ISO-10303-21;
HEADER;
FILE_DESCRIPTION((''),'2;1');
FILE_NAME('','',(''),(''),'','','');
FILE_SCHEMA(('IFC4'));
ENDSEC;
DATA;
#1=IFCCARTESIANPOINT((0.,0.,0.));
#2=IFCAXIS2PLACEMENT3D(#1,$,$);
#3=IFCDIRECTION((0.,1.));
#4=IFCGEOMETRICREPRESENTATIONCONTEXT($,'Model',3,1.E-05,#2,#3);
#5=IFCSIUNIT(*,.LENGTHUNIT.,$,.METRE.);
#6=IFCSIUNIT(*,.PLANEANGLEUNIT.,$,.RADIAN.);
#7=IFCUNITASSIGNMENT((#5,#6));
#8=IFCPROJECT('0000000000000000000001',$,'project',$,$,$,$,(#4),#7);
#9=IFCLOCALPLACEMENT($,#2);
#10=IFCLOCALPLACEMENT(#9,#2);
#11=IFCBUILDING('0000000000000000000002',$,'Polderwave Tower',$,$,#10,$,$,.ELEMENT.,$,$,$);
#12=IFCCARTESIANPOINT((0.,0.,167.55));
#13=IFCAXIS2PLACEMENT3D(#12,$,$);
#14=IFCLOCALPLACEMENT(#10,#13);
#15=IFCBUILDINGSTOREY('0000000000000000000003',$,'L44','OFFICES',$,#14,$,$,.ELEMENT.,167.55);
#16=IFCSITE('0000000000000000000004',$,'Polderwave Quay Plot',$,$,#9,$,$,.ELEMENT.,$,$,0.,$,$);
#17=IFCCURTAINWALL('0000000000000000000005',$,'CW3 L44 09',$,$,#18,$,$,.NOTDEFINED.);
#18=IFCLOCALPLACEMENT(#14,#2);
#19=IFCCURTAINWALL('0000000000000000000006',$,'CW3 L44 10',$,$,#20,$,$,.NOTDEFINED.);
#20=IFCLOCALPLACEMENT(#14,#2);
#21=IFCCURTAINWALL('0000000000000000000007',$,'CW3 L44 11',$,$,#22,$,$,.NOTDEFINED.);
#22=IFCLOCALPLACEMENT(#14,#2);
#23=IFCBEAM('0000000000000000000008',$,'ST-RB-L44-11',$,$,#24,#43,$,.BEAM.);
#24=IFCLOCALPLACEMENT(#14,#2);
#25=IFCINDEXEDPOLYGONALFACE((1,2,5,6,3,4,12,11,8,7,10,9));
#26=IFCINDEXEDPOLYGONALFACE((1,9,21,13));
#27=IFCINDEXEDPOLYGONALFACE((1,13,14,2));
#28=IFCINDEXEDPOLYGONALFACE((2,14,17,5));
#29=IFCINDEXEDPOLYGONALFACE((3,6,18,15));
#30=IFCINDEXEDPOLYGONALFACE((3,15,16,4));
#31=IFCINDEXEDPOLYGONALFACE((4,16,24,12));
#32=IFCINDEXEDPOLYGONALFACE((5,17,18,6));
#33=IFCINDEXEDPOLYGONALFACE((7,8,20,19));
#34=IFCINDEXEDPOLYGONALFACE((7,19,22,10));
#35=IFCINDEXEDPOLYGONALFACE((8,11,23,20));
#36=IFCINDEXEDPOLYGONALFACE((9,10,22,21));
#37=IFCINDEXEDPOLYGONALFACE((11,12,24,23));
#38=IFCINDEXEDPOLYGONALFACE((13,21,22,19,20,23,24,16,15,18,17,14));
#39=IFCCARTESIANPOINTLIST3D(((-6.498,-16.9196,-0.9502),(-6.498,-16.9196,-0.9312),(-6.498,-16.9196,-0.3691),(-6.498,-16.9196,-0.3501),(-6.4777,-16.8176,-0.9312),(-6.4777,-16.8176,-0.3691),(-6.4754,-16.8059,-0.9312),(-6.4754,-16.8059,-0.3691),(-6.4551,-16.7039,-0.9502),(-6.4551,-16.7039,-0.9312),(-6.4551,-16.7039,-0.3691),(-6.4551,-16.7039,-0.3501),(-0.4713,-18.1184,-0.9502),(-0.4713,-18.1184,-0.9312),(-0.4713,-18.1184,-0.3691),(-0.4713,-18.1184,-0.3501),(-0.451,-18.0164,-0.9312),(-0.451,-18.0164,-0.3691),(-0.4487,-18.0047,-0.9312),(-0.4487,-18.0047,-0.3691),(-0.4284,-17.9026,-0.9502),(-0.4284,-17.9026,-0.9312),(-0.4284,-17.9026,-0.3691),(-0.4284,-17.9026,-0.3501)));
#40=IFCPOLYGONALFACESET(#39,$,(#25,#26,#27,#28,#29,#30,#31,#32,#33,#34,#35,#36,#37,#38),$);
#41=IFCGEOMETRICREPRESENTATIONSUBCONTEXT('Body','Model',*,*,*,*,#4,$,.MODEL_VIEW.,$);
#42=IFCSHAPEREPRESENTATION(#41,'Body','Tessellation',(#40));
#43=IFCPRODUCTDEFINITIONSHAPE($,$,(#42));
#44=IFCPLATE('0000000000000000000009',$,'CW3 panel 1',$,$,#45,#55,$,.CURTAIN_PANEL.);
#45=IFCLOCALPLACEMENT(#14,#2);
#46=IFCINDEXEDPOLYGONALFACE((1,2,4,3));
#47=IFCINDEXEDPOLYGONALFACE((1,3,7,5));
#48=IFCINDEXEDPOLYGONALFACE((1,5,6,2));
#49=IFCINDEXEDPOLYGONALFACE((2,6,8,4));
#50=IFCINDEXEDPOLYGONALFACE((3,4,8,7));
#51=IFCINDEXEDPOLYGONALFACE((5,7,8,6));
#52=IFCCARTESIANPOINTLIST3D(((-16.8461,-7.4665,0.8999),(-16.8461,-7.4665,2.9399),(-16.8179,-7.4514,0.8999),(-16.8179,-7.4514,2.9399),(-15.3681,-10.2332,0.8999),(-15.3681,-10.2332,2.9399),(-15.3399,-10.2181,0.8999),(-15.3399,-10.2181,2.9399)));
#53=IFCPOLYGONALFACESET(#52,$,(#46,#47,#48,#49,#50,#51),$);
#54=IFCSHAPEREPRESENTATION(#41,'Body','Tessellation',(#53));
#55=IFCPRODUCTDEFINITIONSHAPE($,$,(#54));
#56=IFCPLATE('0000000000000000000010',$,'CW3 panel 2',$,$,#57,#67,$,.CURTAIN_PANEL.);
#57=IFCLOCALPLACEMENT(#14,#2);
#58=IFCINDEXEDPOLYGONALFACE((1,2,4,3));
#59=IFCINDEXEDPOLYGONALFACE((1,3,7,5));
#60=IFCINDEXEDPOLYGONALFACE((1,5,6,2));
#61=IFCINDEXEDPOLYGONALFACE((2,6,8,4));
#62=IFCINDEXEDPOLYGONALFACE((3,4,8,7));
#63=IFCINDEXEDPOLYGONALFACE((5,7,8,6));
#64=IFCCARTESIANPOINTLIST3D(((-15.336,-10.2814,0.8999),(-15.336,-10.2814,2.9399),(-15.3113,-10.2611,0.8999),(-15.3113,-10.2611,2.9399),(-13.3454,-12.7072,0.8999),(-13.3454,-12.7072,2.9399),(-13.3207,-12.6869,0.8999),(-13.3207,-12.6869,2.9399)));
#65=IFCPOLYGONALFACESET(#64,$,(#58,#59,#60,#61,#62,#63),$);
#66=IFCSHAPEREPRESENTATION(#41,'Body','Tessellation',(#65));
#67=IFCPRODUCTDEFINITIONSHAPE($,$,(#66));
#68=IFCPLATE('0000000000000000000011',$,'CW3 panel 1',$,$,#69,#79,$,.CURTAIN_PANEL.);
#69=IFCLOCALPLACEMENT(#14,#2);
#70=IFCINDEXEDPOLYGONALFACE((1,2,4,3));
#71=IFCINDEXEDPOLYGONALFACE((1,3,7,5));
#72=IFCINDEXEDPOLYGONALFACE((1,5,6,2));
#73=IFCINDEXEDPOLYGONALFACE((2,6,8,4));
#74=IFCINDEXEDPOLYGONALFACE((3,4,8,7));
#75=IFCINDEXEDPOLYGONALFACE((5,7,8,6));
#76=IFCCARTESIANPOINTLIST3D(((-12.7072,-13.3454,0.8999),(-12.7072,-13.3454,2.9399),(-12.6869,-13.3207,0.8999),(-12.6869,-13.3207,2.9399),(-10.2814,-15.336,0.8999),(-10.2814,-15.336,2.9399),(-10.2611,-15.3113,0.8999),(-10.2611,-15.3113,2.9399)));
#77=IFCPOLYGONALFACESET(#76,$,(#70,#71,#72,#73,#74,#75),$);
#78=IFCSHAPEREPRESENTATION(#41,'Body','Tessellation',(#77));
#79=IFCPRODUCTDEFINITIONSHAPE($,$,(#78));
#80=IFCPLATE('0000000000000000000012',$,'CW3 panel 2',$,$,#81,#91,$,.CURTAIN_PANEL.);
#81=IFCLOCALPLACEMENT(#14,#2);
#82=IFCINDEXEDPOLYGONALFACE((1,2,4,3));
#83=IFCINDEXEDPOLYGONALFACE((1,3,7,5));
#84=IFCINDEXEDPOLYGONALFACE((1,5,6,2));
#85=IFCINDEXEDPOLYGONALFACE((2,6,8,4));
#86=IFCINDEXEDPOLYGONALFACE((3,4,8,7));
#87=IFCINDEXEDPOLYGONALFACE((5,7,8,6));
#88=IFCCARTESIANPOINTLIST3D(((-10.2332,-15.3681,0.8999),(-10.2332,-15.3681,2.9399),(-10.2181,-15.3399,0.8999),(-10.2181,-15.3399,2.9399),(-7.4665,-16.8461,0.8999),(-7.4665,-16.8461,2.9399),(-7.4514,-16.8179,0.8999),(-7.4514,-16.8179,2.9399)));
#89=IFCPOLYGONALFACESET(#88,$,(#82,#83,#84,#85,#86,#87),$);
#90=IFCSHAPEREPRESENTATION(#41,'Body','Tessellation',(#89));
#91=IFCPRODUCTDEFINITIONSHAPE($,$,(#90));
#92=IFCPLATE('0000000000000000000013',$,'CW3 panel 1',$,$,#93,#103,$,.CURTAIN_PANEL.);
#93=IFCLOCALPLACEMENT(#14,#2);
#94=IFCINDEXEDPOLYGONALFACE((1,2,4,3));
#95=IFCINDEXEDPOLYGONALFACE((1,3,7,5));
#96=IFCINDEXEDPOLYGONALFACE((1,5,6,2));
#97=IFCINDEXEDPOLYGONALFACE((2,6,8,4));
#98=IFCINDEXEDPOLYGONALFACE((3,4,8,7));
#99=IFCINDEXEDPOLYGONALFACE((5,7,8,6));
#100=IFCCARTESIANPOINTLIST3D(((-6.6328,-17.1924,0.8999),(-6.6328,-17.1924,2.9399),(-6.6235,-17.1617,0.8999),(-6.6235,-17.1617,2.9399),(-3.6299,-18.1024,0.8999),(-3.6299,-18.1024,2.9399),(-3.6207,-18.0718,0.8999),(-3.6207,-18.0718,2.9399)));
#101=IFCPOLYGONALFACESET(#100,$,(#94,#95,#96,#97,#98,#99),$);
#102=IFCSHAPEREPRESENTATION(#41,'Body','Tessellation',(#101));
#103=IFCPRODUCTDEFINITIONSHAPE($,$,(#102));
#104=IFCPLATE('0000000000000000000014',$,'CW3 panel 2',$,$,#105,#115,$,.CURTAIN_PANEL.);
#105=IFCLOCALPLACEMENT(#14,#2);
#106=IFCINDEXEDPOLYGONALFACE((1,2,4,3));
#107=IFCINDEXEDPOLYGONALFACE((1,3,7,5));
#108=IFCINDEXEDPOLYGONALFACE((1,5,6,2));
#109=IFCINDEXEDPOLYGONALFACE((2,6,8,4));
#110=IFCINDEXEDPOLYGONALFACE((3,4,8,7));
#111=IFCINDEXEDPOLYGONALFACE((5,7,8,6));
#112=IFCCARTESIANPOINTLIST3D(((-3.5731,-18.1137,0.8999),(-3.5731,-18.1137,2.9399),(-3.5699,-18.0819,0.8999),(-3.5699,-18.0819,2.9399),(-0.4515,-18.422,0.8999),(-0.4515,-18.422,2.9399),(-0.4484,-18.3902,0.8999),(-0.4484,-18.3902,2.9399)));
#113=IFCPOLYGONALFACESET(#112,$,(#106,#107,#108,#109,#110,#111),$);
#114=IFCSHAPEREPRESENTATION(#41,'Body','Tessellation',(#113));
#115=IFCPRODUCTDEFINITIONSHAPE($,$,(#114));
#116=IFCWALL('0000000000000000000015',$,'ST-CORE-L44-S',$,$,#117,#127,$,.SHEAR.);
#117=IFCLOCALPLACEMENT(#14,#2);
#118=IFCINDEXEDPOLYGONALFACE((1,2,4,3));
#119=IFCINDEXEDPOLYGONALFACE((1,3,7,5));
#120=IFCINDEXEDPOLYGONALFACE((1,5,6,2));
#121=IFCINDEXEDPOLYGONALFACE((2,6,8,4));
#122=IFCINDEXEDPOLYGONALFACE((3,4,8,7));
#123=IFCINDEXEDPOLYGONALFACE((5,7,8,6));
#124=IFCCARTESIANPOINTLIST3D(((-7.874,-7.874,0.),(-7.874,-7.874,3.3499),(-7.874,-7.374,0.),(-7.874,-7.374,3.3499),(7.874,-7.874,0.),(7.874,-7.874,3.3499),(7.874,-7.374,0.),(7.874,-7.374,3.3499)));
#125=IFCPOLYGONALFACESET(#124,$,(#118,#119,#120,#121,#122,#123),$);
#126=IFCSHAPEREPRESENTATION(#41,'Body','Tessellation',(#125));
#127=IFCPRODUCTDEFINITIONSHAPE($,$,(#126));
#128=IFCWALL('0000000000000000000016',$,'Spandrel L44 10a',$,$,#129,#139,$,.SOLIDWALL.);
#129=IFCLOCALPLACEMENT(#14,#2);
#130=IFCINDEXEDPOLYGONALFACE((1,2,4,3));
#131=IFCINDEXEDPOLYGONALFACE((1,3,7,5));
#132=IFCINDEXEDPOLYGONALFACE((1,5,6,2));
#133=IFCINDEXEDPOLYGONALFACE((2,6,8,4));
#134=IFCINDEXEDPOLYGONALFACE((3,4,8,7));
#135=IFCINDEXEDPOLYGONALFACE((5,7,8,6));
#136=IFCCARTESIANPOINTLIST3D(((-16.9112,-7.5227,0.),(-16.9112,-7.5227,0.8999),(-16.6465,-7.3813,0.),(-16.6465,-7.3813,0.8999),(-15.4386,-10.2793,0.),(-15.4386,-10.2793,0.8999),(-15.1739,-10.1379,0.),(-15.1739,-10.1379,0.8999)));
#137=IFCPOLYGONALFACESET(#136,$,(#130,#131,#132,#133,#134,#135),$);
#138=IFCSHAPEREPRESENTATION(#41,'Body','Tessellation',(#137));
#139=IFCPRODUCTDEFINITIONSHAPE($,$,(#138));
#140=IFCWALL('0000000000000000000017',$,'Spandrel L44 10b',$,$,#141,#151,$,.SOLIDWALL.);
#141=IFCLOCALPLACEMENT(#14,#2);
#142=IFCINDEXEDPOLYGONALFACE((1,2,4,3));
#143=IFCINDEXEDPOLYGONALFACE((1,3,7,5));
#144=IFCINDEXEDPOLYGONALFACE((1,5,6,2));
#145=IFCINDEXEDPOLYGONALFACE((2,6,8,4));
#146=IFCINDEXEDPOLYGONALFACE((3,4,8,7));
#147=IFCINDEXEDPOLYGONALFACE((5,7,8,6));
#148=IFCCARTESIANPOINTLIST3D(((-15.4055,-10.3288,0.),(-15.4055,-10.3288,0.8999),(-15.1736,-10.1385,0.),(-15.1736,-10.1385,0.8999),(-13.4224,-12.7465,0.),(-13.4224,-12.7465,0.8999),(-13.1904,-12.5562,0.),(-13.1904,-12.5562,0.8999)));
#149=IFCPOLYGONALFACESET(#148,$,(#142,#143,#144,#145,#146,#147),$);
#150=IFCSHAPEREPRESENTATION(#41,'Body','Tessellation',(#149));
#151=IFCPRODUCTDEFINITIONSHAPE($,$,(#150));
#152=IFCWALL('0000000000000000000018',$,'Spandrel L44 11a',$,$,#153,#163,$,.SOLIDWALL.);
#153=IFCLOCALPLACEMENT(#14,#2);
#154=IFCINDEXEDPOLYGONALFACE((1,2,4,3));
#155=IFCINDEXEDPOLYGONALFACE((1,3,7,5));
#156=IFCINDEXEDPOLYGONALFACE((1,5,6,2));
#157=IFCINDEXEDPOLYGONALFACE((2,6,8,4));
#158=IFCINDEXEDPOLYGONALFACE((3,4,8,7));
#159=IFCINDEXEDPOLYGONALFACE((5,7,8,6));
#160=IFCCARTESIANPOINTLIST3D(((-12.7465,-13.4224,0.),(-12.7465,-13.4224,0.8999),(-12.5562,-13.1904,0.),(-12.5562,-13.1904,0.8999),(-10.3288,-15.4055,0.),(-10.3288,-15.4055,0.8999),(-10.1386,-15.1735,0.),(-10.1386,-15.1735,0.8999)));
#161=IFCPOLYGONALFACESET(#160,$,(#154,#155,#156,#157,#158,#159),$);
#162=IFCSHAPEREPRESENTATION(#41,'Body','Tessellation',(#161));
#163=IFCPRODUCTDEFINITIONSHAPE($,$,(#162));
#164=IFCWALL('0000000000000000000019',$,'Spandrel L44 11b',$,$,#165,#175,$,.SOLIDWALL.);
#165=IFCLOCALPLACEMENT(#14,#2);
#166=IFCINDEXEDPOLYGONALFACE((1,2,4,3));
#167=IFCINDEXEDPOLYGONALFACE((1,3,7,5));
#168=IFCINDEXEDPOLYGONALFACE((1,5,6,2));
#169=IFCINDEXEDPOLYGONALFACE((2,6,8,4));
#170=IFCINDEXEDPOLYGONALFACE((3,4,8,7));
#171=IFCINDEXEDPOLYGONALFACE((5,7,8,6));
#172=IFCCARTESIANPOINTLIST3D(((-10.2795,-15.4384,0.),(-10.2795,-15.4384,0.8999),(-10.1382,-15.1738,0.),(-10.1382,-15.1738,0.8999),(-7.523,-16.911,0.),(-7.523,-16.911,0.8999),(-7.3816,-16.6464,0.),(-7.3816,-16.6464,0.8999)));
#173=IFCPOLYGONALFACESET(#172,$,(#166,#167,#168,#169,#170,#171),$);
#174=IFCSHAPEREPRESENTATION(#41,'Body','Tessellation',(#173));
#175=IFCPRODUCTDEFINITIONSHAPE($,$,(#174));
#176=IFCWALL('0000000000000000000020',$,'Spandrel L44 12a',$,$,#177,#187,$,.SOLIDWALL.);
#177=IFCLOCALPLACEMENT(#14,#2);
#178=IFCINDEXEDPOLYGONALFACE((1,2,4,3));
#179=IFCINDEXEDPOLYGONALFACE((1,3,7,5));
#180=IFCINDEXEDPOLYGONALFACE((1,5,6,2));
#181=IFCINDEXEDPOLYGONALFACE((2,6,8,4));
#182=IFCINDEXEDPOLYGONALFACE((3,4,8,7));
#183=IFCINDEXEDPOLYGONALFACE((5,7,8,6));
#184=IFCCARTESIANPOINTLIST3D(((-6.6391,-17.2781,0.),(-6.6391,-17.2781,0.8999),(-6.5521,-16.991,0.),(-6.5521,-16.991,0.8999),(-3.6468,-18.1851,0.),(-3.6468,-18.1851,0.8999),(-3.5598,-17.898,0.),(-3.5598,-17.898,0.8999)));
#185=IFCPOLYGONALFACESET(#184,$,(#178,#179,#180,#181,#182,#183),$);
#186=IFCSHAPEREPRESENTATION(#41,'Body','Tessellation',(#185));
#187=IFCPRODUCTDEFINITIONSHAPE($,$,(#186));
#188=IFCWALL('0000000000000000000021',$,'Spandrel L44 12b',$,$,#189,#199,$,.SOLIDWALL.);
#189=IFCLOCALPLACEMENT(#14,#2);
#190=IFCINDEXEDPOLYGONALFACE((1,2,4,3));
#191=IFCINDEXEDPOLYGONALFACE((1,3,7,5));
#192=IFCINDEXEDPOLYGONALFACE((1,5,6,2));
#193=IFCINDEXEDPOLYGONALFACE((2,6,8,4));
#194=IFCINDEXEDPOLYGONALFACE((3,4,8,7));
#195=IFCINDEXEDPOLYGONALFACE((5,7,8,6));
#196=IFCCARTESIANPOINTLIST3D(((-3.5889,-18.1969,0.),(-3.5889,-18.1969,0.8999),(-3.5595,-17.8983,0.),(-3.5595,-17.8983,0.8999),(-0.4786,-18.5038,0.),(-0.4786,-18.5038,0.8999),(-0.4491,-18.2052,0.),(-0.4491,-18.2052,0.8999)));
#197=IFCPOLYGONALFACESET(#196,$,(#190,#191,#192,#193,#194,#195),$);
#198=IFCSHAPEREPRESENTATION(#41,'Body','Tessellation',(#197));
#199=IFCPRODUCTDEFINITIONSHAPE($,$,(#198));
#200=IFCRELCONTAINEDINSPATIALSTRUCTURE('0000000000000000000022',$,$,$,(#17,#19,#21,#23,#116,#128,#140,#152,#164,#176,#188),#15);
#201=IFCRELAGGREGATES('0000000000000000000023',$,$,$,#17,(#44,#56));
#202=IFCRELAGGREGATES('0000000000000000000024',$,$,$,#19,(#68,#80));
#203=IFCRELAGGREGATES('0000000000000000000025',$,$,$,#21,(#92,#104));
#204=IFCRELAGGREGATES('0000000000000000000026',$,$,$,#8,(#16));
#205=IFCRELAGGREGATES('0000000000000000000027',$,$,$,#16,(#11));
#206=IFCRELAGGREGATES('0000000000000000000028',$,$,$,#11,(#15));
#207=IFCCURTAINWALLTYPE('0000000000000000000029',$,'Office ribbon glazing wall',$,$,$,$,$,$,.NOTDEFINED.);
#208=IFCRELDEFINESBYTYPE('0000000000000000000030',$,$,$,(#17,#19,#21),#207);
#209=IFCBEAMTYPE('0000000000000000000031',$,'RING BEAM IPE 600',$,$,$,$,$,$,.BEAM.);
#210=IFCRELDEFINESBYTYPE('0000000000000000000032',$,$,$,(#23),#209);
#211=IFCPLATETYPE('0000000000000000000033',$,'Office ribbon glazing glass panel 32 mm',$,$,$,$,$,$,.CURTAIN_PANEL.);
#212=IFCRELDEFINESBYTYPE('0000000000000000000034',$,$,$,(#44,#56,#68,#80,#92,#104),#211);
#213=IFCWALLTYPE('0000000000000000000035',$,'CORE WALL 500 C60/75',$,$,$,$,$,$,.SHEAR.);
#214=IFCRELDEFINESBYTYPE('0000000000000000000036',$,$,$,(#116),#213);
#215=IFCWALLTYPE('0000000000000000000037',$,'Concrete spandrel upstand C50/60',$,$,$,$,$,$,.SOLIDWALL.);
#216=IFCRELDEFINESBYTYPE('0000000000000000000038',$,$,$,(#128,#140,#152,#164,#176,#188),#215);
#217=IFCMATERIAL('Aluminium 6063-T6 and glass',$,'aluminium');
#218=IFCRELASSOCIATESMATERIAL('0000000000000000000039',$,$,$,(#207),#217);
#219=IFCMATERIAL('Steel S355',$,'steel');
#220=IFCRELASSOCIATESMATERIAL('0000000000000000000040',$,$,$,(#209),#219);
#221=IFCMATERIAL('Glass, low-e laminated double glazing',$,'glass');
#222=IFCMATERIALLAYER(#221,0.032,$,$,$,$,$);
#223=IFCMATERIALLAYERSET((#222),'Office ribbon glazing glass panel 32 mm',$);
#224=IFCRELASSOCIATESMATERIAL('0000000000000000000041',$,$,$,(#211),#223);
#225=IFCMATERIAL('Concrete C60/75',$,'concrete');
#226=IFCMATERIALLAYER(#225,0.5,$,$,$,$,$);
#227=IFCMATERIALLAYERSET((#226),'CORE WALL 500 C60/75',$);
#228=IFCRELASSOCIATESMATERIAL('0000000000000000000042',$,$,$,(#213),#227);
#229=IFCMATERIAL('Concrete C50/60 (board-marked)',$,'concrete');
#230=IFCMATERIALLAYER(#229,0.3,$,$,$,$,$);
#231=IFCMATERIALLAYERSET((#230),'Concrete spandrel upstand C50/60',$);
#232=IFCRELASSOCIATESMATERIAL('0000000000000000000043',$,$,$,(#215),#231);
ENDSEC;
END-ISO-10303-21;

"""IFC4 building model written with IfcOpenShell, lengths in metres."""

from ifc_helpers import new_model, si_unit, direction, frame, frame_2d, origin, origin_2d, place, context, subcontext, project, spatial, rectangle, i_section, extrude, material, layer, layer_set, material_profile, profile_set, type_object, element, aggregate, save


model = new_model("IFC4")

# Units and contexts
model_context = context("Model", 3, precision=1e-05, world=origin(), true_north=direction((0.0, 1.0)))
body_context = subcontext(model_context, "Body", "Model", "MODEL_VIEW")
ifc_project = project(units=[si_unit("LENGTHUNIT", "METRE"), si_unit("PLANEANGLEUNIT", "RADIAN")], contexts=[model_context])

# Site, building, storey
site_placement = place(None, origin())
site = spatial("IfcSite", under=ifc_project, at=site_placement, Name="Polderwave Quay Plot", CompositionType="ELEMENT", RefElevation=0.0)
building_placement = place(site_placement, origin())
building = spatial("IfcBuilding", under=site, at=building_placement, Name="Polderwave Tower", CompositionType="ELEMENT")
storey_placement = place(building_placement, frame((0.0, 0.0, 167.55)))
storey = spatial("IfcBuildingStorey", under=building, at=storey_placement, Name="L44", Description="OFFICES", CompositionType="ELEMENT", Elevation=167.55)

# Shared definitions
ifc_material_1 = material(Name="Concrete C60/75", Category="concrete")

# Curtain walls
ifc_material_2 = material(Name="Aluminium 6063-T6 and glass", Category="aluminium")
curtain_wall_type = type_object("IfcCurtainWallType", Name="Office ribbon glazing wall", PredefinedType="NOTDEFINED", material=ifc_material_2)
curtain_wall_1_placement = place(storey_placement, origin())
curtain_wall_1 = element("IfcCurtainWall", 1, at=curtain_wall_1_placement, inside=storey, type_object=curtain_wall_type, Name="CW3 L44 09", PredefinedType="NOTDEFINED")
curtain_wall_2_placement = place(storey_placement, origin())
curtain_wall_2 = element("IfcCurtainWall", 2, at=curtain_wall_2_placement, inside=storey, type_object=curtain_wall_type, Name="CW3 L44 10", PredefinedType="NOTDEFINED")
curtain_wall_3_placement = place(storey_placement, origin())
curtain_wall_3 = element("IfcCurtainWall", 3, at=curtain_wall_3_placement, inside=storey, type_object=curtain_wall_type, Name="CW3 L44 11", PredefinedType="NOTDEFINED")

# Beam
ifc_material_3 = material(Name="Steel S355", Category="steel")
ifc_material_profile_1 = material_profile(ifc_material_3, i_section(OverallWidth=0.22, OverallDepth=0.6001, WebThickness=0.012, FlangeThickness=0.019, at=origin_2d()), Name="IPE 600")
ifc_profile_set_1 = profile_set([ifc_material_profile_1], Name="Steel S355")
beam_type = type_object("IfcBeamType", Name="RING BEAM IPE 600", PredefinedType="BEAM", material=ifc_profile_set_1)
for number, where, z_axis, x_axis, name in (
    (4, (-6.4766, -16.8118, -0.6501), (0.980786, -0.195085, 0.0), (0.195085, 0.980786, 0.0), "ST-RB-L44-11"),
):
    element("IfcBeam", number, at=place(storey_placement, frame(where, z_axis=z_axis, x_axis=x_axis)), inside=storey, type_object=beam_type, Name=name, PredefinedType="BEAM", context=body_context, shape_type="SweptSolid", body=[
        extrude(i_section(OverallWidth=0.22, OverallDepth=0.6001, WebThickness=0.012, FlangeThickness=0.019, at=origin_2d()), origin(), (0.0, 0.0, 1.0), 6.1448),
    ])

# Plates
ifc_material_4 = material(Name="Glass, low-e laminated double glazing", Category="glass")
ifc_layer_1 = layer(ifc_material_4, 0.032)
ifc_layer_set_1 = layer_set([ifc_layer_1], Name="Office ribbon glazing glass panel 32 mm")
plate_type = type_object("IfcPlateType", Name="Office ribbon glazing glass panel 32 mm", PredefinedType="CURTAIN_PANEL", material=ifc_layer_set_1)
plate_1_placement = place(storey_placement, frame((-16.093, -8.8423, 0.8999), z_axis=(0.0, 0.0, 1.0), x_axis=(0.471195, -0.882029, 0.0)))
plate_1 = element("IfcPlate", 5, at=plate_1_placement, type_object=plate_type, Name="CW3 panel 1", PredefinedType="CURTAIN_PANEL", context=body_context, shape_type="SweptSolid", body=[
    extrude(rectangle(XDim=3.1367, YDim=0.032, at=origin_2d()), origin(), (0.0, 0.0, 1.0), 2.04),
])
plate_2_placement = place(storey_placement, frame((-14.3284, -11.4841, 0.8999), z_axis=(0.0, 0.0, 1.0), x_axis=(0.634356, -0.773041, 0.0)))
plate_2 = element("IfcPlate", 6, at=plate_2_placement, type_object=plate_type, Name="CW3 panel 2", PredefinedType="CURTAIN_PANEL", context=body_context, shape_type="SweptSolid", body=[
    extrude(rectangle(XDim=3.1379, YDim=0.032, at=origin_2d()), origin(), (0.0, 0.0, 1.0), 2.04),
])
aggregate(curtain_wall_1, [plate_1, plate_2])
plate_3_placement = place(storey_placement, frame((-11.4841, -14.3284, 0.8999), z_axis=(0.0, 0.0, 1.0), x_axis=(0.773041, -0.634356, 0.0)))
plate_3 = element("IfcPlate", 7, at=plate_3_placement, type_object=plate_type, Name="CW3 panel 1", PredefinedType="CURTAIN_PANEL", context=body_context, shape_type="SweptSolid", body=[
    extrude(rectangle(XDim=3.1379, YDim=0.032, at=origin_2d()), origin(), (0.0, 0.0, 1.0), 2.04),
])
plate_4_placement = place(storey_placement, frame((-8.8423, -16.093, 0.8999), z_axis=(0.0, 0.0, 1.0), x_axis=(0.882029, -0.471195, 0.0)))
plate_4 = element("IfcPlate", 8, at=plate_4_placement, type_object=plate_type, Name="CW3 panel 2", PredefinedType="CURTAIN_PANEL", context=body_context, shape_type="SweptSolid", body=[
    extrude(rectangle(XDim=3.1367, YDim=0.032, at=origin_2d()), origin(), (0.0, 0.0, 1.0), 2.04),
])
aggregate(curtain_wall_2, [plate_3, plate_4])
plate_5_placement = place(storey_placement, frame((-5.1267, -17.6321, 0.8999), z_axis=(0.0, 0.0, 1.0), x_axis=(0.957014, -0.290042, 0.0)))
plate_5 = element("IfcPlate", 9, at=plate_5_placement, type_object=plate_type, Name="CW3 panel 1", PredefinedType="CURTAIN_PANEL", context=body_context, shape_type="SweptSolid", body=[
    extrude(rectangle(XDim=3.1377, YDim=0.032, at=origin_2d()), origin(), (0.0, 0.0, 1.0), 2.04),
])
plate_6_placement = place(storey_placement, frame((-2.0107, -18.252, 0.8999), z_axis=(0.0, 0.0, 1.0), x_axis=(0.995159, -0.098283, 0.0)))
plate_6 = element("IfcPlate", 10, at=plate_6_placement, type_object=plate_type, Name="CW3 panel 2", PredefinedType="CURTAIN_PANEL", context=body_context, shape_type="SweptSolid", body=[
    extrude(rectangle(XDim=3.1367, YDim=0.032, at=origin_2d()), origin(), (0.0, 0.0, 1.0), 2.04),
])
aggregate(curtain_wall_3, [plate_5, plate_6])

# Walls
ifc_layer_2 = layer(ifc_material_1, 0.5)
ifc_layer_set_2 = layer_set([ifc_layer_2], Name="CORE WALL 500 C60/75")
wall_type_1 = type_object("IfcWallType", Name="CORE WALL 500 C60/75", PredefinedType="SHEAR", material=ifc_layer_set_2)
wall_1_placement = place(storey_placement, frame((-7.874, -7.624, 0.0), z_axis=(0.0, 0.0, 1.0), x_axis=(1.0, 0.0, 0.0)))
element("IfcWall", 11, at=wall_1_placement, inside=storey, type_object=wall_type_1, Name="ST-CORE-L44-S", PredefinedType="SHEAR", context=body_context, shape_type="SweptSolid", body=[
    extrude(rectangle(XDim=15.748, YDim=0.5, at=frame_2d((7.874, 0.0))), origin(), (0.0, 0.0, 1.0), 3.3499),
])
ifc_material_5 = material(Name="Concrete C50/60 (board-marked)", Category="concrete")
ifc_layer_3 = layer(ifc_material_5, 0.3)
ifc_layer_set_3 = layer_set([ifc_layer_3], Name="Concrete spandrel upstand C50/60")
wall_type_2 = type_object("IfcWallType", Name="Concrete spandrel upstand C50/60", PredefinedType="SOLIDWALL", material=ifc_layer_set_3)
wall_2_placement = place(storey_placement, frame((-16.7788, -7.4521, 0.0), z_axis=(0.0, 0.0, 1.0), x_axis=(0.471204, -0.882024, 0.0)))
element("IfcWall", 12, at=wall_2_placement, inside=storey, type_object=wall_type_2, Name="Spandrel L44 10a", PredefinedType="SOLIDWALL", context=body_context, shape_type="SweptSolid", body=[
    extrude(rectangle(XDim=3.1252, YDim=0.3, at=frame_2d((1.5625, 0.0))), origin(), (0.0, 0.0, 1.0), 0.8999),
])
for number, where, z_axis, x_axis, name in (
    (13, (-15.2896, -10.2336, 0.0), (0.0, 0.0, 1.0), (0.634198, -0.773171, 0.0), "Spandrel L44 10b"),
    (14, (-12.6514, -13.3064, 0.0), (0.0, 0.0, 1.0), (0.773171, -0.634198, 0.0), "Spandrel L44 11a"),
):
    element("IfcWall", number, at=place(storey_placement, frame(where, z_axis=z_axis, x_axis=x_axis)), inside=storey, type_object=wall_type_2, Name=name, PredefinedType="SOLIDWALL", context=body_context, shape_type="SweptSolid", body=[
        extrude(rectangle(XDim=3.127, YDim=0.3, at=frame_2d((1.5635, 0.0))), origin(), (0.0, 0.0, 1.0), 0.8999),
    ])
wall_3_placement = place(storey_placement, frame((-10.2087, -15.3062, 0.0), z_axis=(0.0, 0.0, 1.0), x_axis=(0.882024, -0.471204, 0.0)))
element("IfcWall", 15, at=wall_3_placement, inside=storey, type_object=wall_type_2, Name="Spandrel L44 11b", PredefinedType="SOLIDWALL", context=body_context, shape_type="SweptSolid", body=[
    extrude(rectangle(XDim=3.1252, YDim=0.3, at=frame_2d((1.5625, 0.0))), origin(), (0.0, 0.0, 1.0), 0.8999),
])
wall_4_placement = place(storey_placement, frame((-6.5957, -17.1345, 0.0), z_axis=(0.0, 0.0, 1.0), x_axis=(0.957001, -0.290083, 0.0)))
element("IfcWall", 16, at=wall_4_placement, inside=storey, type_object=wall_type_2, Name="Spandrel L44 12a", PredefinedType="SOLIDWALL", context=body_context, shape_type="SweptSolid", body=[
    extrude(rectangle(XDim=3.1267, YDim=0.3, at=frame_2d((1.5635, 0.0))), origin(), (0.0, 0.0, 1.0), 0.8999),
])
wall_5_placement = place(storey_placement, frame((-3.5742, -18.0476, 0.0), z_axis=(0.0, 0.0, 1.0), x_axis=(0.995168, -0.098189, 0.0)))
element("IfcWall", 17, at=wall_5_placement, inside=storey, type_object=wall_type_2, Name="Spandrel L44 12b", PredefinedType="SOLIDWALL", context=body_context, shape_type="SweptSolid", body=[
    extrude(rectangle(XDim=3.1255, YDim=0.3, at=frame_2d((1.5627, 0.0))), origin(), (0.0, 0.0, 1.0), 0.8999),
])

save(model, "model.ifc")
